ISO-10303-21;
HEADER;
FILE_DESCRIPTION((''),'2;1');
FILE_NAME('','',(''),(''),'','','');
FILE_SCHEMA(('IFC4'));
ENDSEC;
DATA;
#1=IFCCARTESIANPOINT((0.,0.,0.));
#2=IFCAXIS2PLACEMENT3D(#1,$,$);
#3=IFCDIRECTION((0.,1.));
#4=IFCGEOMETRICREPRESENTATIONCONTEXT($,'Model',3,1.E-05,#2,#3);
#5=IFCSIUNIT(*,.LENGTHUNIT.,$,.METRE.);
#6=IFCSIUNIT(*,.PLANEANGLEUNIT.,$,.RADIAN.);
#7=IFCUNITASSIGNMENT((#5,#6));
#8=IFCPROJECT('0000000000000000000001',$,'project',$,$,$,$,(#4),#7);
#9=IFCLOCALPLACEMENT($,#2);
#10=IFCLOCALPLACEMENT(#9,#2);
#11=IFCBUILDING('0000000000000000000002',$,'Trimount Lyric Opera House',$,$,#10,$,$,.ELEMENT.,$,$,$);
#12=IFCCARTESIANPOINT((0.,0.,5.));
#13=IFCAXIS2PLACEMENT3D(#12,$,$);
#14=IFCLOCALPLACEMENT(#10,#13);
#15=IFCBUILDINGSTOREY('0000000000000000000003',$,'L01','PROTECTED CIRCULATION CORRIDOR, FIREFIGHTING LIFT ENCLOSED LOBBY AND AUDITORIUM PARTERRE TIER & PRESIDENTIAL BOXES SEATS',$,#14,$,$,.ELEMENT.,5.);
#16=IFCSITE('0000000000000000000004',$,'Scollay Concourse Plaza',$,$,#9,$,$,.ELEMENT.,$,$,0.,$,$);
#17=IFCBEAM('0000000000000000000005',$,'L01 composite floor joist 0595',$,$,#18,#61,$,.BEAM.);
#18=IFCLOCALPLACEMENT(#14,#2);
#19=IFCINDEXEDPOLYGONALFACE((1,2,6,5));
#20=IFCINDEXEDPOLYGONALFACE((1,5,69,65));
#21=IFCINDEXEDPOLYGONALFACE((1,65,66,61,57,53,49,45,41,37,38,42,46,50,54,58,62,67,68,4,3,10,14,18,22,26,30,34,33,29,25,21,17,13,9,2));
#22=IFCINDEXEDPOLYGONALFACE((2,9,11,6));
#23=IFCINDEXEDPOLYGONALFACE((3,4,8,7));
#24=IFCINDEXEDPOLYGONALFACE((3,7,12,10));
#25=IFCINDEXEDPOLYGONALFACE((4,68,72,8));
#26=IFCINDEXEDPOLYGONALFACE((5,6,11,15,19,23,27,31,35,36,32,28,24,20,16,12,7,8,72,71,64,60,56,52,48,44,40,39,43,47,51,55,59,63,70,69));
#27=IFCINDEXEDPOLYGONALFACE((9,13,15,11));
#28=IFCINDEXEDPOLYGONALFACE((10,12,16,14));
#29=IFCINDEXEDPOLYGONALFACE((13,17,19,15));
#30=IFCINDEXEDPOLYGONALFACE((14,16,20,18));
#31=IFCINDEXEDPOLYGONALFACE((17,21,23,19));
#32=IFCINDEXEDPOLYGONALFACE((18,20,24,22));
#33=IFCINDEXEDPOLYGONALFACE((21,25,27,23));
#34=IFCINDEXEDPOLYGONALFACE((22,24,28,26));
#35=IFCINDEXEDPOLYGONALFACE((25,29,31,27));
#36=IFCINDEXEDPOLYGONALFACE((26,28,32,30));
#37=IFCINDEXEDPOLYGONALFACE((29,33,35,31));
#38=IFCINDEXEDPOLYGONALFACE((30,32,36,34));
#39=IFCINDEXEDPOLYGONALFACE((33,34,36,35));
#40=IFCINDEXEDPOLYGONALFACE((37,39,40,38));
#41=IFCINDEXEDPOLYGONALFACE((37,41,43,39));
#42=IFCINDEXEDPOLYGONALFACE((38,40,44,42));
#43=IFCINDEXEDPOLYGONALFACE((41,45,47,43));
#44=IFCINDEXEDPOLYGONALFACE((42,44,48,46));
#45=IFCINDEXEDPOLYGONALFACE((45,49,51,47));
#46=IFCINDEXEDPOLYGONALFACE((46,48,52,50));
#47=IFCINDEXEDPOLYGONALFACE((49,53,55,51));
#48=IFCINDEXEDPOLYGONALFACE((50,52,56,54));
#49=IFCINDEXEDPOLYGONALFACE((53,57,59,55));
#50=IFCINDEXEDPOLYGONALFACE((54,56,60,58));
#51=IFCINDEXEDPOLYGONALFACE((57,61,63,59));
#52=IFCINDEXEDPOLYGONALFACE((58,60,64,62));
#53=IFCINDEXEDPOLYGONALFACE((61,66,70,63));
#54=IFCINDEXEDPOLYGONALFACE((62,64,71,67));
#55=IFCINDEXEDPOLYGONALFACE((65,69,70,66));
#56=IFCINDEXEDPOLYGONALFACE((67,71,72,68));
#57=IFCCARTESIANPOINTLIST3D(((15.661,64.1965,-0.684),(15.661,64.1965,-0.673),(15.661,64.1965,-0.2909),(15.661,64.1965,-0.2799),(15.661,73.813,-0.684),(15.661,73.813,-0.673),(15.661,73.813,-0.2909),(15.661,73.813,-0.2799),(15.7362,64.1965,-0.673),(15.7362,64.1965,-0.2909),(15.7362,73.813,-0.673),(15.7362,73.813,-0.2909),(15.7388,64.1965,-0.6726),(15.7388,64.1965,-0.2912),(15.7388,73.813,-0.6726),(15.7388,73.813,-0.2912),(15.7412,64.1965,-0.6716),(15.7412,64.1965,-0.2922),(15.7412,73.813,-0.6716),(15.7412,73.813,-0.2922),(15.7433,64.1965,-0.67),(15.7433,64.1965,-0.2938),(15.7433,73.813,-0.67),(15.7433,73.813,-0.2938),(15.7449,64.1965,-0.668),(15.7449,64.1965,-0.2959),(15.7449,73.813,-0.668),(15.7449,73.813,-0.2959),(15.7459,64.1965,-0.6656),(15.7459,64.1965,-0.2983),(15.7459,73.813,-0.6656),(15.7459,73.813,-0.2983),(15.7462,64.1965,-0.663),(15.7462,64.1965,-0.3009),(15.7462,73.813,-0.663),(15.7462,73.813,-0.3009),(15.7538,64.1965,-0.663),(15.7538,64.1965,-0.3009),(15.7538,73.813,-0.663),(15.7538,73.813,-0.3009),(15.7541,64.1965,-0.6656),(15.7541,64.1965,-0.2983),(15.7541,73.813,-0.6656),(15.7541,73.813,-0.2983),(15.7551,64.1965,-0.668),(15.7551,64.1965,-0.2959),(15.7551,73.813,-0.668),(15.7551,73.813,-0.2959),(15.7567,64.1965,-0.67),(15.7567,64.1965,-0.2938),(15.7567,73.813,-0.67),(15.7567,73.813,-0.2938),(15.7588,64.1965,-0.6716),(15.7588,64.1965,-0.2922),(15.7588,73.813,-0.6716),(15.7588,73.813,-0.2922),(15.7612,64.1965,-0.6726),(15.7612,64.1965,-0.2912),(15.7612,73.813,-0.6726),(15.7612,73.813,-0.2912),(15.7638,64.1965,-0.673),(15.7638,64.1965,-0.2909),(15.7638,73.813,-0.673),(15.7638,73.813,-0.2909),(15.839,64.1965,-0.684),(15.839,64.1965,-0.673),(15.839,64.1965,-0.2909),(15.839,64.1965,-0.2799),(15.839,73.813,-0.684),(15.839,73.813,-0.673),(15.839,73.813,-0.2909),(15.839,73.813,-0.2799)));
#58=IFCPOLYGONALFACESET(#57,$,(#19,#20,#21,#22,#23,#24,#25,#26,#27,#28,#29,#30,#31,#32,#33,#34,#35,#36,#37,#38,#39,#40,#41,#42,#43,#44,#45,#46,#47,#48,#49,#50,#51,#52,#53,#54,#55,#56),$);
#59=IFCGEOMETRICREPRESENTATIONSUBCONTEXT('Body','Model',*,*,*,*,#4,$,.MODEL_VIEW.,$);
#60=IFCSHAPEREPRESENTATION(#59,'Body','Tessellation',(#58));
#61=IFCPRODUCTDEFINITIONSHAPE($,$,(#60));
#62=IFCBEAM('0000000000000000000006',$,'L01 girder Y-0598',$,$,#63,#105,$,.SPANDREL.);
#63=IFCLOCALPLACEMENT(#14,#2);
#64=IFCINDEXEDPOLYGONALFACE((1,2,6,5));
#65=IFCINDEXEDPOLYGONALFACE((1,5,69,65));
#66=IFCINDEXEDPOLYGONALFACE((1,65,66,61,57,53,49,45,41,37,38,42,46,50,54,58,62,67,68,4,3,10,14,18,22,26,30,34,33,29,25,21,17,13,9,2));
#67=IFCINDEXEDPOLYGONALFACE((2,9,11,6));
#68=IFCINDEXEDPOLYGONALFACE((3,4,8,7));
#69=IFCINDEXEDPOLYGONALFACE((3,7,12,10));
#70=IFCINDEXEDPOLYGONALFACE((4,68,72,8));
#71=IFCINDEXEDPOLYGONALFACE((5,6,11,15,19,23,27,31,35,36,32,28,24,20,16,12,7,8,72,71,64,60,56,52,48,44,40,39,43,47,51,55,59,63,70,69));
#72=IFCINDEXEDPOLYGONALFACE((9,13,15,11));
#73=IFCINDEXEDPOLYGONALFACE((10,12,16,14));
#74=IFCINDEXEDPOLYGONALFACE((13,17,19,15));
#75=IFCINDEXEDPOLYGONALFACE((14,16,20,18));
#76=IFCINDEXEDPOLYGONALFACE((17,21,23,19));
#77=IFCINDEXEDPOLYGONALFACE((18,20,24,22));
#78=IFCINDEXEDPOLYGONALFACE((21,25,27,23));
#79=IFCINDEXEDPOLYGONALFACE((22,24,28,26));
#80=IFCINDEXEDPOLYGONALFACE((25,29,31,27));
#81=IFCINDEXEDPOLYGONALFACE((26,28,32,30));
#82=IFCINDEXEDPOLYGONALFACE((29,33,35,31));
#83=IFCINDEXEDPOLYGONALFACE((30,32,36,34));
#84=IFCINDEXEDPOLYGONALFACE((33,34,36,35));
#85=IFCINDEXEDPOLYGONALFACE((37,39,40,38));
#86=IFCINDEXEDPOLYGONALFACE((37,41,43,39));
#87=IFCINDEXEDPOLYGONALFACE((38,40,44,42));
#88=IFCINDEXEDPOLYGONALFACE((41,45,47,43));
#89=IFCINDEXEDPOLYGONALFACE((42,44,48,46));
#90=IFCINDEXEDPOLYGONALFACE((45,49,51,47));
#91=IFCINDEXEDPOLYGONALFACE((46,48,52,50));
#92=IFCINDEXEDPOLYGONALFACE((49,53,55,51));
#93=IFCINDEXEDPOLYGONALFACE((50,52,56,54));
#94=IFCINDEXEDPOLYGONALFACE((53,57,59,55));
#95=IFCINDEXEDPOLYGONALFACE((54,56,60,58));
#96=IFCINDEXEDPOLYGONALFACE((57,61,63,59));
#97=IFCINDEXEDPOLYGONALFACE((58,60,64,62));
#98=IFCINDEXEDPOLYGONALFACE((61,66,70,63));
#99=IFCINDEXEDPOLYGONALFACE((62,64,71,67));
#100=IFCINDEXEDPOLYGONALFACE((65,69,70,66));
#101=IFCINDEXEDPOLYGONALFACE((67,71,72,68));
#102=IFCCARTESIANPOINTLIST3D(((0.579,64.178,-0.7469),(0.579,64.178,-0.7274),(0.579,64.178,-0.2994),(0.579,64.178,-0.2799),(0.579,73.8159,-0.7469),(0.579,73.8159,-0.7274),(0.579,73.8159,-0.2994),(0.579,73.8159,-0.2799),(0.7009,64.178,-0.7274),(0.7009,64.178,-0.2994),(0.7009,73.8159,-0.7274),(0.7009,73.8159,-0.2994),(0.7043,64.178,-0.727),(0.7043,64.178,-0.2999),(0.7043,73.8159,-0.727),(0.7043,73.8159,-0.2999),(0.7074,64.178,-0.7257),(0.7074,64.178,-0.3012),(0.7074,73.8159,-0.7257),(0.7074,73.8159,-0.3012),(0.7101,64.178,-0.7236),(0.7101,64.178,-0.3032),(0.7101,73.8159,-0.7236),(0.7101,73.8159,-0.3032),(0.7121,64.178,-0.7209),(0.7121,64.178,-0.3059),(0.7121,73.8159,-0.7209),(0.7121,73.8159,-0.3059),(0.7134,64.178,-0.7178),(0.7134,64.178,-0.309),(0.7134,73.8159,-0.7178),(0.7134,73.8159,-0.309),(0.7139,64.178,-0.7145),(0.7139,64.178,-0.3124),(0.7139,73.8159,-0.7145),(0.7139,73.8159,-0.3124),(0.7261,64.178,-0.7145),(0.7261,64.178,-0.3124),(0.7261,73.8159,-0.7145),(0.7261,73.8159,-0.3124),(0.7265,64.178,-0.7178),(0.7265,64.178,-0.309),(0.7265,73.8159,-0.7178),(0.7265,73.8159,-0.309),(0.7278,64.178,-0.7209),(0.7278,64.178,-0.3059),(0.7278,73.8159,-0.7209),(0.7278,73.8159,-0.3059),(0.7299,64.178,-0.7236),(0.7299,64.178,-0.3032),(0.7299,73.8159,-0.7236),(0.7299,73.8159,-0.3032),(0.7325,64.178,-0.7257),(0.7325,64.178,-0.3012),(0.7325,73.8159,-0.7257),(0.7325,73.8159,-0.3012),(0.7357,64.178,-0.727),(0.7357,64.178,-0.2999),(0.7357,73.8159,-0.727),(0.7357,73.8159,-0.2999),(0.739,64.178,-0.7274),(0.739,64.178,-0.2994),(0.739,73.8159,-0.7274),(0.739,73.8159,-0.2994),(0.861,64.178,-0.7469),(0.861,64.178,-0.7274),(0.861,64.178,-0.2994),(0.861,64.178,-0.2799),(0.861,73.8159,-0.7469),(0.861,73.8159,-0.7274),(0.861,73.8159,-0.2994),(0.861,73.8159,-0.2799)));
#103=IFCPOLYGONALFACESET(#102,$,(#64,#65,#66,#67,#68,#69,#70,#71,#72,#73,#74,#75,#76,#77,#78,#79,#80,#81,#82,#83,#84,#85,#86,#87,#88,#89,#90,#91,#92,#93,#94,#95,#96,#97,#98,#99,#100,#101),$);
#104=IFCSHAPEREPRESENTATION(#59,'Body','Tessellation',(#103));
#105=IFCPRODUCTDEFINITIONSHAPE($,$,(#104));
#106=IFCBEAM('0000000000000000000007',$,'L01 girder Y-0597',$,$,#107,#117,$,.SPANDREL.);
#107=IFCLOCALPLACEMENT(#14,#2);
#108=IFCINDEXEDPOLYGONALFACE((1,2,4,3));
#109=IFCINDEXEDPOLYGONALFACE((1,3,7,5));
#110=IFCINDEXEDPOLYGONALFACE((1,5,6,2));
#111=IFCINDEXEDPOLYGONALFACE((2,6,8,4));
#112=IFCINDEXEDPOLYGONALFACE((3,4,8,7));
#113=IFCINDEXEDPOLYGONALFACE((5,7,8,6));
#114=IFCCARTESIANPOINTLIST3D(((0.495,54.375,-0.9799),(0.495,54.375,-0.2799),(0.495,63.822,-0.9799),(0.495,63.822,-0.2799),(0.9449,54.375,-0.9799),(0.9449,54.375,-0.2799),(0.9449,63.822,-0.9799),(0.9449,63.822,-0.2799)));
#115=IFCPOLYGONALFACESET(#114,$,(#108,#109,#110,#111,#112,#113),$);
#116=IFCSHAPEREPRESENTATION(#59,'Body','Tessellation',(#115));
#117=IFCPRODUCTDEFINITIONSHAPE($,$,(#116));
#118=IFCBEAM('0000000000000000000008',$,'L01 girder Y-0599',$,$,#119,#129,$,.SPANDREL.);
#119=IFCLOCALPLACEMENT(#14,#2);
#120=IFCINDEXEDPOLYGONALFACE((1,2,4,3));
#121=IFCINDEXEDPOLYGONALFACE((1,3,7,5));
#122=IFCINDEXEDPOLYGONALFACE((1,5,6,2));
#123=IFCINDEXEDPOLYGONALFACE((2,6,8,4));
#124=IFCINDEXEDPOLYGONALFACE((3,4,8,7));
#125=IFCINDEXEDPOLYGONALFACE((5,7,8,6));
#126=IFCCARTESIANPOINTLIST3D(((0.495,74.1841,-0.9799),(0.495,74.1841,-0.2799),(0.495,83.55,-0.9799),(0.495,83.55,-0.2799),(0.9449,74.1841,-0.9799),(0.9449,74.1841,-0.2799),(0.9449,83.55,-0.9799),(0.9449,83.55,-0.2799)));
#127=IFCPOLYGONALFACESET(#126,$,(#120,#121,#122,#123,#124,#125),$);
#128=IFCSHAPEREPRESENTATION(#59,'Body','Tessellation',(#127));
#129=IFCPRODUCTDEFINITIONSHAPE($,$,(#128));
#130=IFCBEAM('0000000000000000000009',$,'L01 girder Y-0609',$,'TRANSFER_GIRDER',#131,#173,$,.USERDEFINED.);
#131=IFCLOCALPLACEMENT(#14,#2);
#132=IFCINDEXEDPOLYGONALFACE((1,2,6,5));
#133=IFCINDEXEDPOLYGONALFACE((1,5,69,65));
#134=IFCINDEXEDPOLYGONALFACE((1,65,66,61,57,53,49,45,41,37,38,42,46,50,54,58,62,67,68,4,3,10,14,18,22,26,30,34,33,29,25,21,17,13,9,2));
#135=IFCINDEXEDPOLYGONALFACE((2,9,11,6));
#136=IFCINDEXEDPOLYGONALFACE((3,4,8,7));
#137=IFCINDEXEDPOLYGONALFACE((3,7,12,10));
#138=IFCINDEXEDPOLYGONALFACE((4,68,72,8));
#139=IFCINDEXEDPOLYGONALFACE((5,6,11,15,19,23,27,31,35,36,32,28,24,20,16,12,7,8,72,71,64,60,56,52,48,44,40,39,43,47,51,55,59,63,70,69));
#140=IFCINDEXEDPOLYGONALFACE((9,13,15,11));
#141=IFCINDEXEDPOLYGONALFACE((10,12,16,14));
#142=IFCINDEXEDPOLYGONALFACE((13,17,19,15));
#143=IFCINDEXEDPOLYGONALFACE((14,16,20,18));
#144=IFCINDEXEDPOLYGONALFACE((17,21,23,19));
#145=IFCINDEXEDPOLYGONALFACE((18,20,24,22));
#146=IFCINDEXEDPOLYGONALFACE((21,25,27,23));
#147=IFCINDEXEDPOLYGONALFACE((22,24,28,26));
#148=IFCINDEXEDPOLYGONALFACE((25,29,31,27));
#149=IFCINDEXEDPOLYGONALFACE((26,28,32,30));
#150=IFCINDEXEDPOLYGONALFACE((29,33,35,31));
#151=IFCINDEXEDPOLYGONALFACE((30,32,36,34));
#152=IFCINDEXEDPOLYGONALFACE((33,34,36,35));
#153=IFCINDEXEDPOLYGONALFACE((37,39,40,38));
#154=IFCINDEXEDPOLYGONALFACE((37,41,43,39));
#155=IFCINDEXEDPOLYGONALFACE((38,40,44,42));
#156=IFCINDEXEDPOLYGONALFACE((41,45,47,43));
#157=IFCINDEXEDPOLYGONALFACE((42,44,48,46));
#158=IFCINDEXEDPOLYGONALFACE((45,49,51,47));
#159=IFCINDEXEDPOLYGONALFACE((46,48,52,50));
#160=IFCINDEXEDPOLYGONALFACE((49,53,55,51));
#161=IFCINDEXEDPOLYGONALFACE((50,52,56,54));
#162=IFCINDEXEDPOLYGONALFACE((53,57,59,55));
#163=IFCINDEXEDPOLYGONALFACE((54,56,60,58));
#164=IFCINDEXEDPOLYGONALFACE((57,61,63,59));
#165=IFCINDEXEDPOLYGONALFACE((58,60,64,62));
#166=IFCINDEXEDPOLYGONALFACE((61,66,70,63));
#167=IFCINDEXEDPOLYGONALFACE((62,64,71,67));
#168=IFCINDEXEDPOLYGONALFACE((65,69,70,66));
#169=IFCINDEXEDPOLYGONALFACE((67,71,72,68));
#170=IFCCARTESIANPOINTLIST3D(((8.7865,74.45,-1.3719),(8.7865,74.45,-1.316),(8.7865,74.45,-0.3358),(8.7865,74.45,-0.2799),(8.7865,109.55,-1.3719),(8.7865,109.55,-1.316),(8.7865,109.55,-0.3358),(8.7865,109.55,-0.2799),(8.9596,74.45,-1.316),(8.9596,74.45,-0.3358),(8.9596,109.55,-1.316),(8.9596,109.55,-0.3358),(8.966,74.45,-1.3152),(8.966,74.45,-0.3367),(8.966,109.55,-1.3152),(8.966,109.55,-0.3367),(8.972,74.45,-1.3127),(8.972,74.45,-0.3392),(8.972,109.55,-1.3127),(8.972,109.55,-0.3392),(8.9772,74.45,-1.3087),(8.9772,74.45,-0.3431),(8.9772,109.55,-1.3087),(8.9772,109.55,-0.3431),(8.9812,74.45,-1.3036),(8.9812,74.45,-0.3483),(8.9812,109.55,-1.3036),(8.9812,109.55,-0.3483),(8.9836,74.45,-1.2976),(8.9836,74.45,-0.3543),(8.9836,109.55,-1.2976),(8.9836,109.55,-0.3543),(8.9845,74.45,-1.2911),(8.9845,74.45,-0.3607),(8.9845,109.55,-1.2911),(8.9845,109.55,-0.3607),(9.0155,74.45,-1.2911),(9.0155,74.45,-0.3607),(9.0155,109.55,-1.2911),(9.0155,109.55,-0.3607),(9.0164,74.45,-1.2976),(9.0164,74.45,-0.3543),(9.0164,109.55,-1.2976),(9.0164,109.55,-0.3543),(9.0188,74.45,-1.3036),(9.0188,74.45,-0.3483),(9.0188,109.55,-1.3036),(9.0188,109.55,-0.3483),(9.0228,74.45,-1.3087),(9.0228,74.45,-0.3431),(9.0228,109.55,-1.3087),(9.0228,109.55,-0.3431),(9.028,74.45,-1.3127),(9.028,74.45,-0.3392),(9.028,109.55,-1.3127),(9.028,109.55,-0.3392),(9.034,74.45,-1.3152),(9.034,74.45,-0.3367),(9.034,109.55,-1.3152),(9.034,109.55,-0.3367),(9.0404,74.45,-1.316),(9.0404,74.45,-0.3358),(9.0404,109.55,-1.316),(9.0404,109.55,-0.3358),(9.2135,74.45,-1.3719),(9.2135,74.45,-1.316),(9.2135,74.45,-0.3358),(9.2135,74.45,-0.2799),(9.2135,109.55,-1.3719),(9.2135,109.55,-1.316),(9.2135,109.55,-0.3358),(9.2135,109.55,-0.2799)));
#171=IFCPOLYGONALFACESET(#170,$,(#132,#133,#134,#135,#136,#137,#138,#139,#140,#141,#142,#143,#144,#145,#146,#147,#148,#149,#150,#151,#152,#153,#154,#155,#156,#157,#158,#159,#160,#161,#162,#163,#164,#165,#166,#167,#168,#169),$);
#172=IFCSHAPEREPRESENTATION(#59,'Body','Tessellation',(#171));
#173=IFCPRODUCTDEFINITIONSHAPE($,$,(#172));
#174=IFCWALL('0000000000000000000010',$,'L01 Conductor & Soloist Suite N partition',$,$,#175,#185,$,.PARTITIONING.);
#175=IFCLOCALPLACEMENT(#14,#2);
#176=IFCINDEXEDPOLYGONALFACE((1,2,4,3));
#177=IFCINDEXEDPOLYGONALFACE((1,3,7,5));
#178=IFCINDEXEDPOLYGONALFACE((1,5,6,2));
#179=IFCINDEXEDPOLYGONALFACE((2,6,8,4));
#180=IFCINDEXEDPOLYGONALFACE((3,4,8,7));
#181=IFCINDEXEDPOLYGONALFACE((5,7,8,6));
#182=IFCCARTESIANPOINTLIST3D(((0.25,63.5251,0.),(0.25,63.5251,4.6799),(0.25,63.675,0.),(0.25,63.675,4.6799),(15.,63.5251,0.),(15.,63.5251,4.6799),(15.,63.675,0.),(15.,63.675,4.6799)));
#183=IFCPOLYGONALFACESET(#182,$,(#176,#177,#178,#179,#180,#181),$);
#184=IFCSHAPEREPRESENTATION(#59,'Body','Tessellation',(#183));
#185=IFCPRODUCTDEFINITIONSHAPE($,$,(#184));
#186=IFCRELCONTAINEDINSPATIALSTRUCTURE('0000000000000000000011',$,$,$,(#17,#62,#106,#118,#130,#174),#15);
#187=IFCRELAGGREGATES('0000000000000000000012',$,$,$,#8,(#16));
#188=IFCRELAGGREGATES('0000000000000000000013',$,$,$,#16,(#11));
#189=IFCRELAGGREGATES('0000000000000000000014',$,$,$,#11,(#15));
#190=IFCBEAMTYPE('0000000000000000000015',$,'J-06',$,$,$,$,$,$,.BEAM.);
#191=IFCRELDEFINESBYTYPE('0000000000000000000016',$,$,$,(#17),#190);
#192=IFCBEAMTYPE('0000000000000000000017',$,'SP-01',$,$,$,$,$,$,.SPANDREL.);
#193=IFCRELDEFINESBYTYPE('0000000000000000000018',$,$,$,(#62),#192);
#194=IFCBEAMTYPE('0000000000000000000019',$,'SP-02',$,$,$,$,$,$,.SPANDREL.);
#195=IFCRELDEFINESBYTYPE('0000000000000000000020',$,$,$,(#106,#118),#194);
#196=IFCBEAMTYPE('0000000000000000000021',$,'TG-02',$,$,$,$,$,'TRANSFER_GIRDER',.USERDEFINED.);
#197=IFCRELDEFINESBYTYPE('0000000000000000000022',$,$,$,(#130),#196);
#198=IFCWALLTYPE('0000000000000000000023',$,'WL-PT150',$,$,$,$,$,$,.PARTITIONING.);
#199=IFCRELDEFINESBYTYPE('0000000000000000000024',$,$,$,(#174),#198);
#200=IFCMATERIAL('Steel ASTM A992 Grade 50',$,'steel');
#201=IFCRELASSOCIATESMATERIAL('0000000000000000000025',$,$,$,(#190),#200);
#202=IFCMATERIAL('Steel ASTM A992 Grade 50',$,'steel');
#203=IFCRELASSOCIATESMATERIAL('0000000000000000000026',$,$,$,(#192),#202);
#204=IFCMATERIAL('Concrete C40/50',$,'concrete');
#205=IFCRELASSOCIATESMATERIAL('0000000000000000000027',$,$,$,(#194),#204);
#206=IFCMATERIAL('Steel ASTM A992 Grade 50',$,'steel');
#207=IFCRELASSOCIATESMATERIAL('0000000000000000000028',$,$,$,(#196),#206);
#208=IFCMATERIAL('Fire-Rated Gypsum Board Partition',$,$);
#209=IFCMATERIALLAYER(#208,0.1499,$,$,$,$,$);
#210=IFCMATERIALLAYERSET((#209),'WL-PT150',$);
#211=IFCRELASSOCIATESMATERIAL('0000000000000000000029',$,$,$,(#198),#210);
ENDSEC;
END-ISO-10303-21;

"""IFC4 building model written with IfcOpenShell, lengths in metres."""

from ifc_helpers import new_model, si_unit, direction, frame, frame_2d, origin, origin_2d, place, context, subcontext, project, spatial, rectangle, i_section, extrude, material, layer, layer_set, material_profile, profile_set, type_object, element, save


model = new_model("IFC4")

# Units and contexts
model_context = context("Model", 3, precision=1e-05, world=origin(), true_north=direction((0.0, 1.0)))
body_context = subcontext(model_context, "Body", "Model", "MODEL_VIEW")
ifc_project = project(units=[si_unit("LENGTHUNIT", "METRE"), si_unit("PLANEANGLEUNIT", "RADIAN")], contexts=[model_context])

# Site, building, storey
site_placement = place(None, origin())
site = spatial("IfcSite", under=ifc_project, at=site_placement, Name="Scollay Concourse Plaza", CompositionType="ELEMENT", RefElevation=0.0)
building_placement = place(site_placement, origin())
building = spatial("IfcBuilding", under=site, at=building_placement, Name="Trimount Lyric Opera House", CompositionType="ELEMENT")
storey_placement = place(building_placement, frame((0.0, 0.0, 5.0)))
storey = spatial("IfcBuildingStorey", under=building, at=storey_placement, Name="L01", Description="PROTECTED CIRCULATION CORRIDOR, FIREFIGHTING LIFT ENCLOSED LOBBY AND AUDITORIUM PARTERRE TIER & PRESIDENTIAL BOXES SEATS", CompositionType="ELEMENT", Elevation=5.0)

# Beams
ifc_material_1 = material(Name="Steel ASTM A992 Grade 50", Category="steel")
ifc_material_profile_1 = material_profile(ifc_material_1, i_section(OverallWidth=0.178, OverallDepth=0.4041, WebThickness=0.0076, FlangeThickness=0.011, FilletRadius=0.01, at=origin_2d()), Name="W16X36")
ifc_profile_set_1 = profile_set([ifc_material_profile_1], Name="Steel ASTM A992 Grade 50")
beam_type_1 = type_object("IfcBeamType", Name="J-06", PredefinedType="BEAM", material=ifc_profile_set_1)
beam_1_placement = place(storey_placement, frame((15.75, 64.1965, -0.4819), z_axis=(0.0, 1.0, 0.0), x_axis=(-1.0, 0.0, 0.0)))
element("IfcBeam", 1, at=beam_1_placement, inside=storey, type_object=beam_type_1, Name="L01 composite floor joist 0595", PredefinedType="BEAM", context=body_context, shape_type="SweptSolid", body=[
    extrude(i_section(OverallWidth=0.178, OverallDepth=0.4041, WebThickness=0.0076, FlangeThickness=0.011, FilletRadius=0.01, at=origin_2d()), origin(), (0.0, 0.0, 1.0), 9.6165),
])
ifc_material_2 = material(Name="Steel ASTM A992 Grade 50", Category="steel")
ifc_material_profile_2 = material_profile(ifc_material_2, i_section(OverallWidth=0.282, OverallDepth=0.467, WebThickness=0.0122, FlangeThickness=0.0195, FilletRadius=0.0129, at=origin_2d()), Name="W18X86")
ifc_profile_set_2 = profile_set([ifc_material_profile_2], Name="Steel ASTM A992 Grade 50")
beam_type_2 = type_object("IfcBeamType", Name="SP-01", PredefinedType="SPANDREL", material=ifc_profile_set_2)
beam_2_placement = place(storey_placement, frame((0.72, 64.178, -0.5134), z_axis=(0.0, 1.0, 0.0), x_axis=(-1.0, 0.0, 0.0)))
element("IfcBeam", 2, at=beam_2_placement, inside=storey, type_object=beam_type_2, Name="L01 girder Y-0598", PredefinedType="SPANDREL", context=body_context, shape_type="SweptSolid", body=[
    extrude(i_section(OverallWidth=0.282, OverallDepth=0.467, WebThickness=0.0122, FlangeThickness=0.0195, FilletRadius=0.0129, at=origin_2d()), origin(), (0.0, 0.0, 1.0), 9.6379),
])
ifc_material_3 = material(Name="Concrete C40/50", Category="concrete")
ifc_material_profile_3 = material_profile(ifc_material_3, rectangle(XDim=0.45, YDim=0.7, at=origin_2d()), Name="RC450X700")
ifc_profile_set_3 = profile_set([ifc_material_profile_3], Name="Concrete C40/50")
beam_type_3 = type_object("IfcBeamType", Name="SP-02", PredefinedType="SPANDREL", material=ifc_profile_set_3)
beam_3_placement = place(storey_placement, frame((0.72, 54.375, -0.6299), z_axis=(0.0, 1.0, 0.0), x_axis=(-1.0, 0.0, 0.0)))
element("IfcBeam", 3, at=beam_3_placement, inside=storey, type_object=beam_type_3, Name="L01 girder Y-0597", PredefinedType="SPANDREL", context=body_context, shape_type="SweptSolid", body=[
    extrude(rectangle(XDim=0.45, YDim=0.7, at=origin_2d()), origin(), (0.0, 0.0, 1.0), 9.447),
])
beam_4_placement = place(storey_placement, frame((0.72, 74.1841, -0.6299), z_axis=(0.0, 1.0, 0.0), x_axis=(-1.0, 0.0, 0.0)))
element("IfcBeam", 4, at=beam_4_placement, inside=storey, type_object=beam_type_3, Name="L01 girder Y-0599", PredefinedType="SPANDREL", context=body_context, shape_type="SweptSolid", body=[
    extrude(rectangle(XDim=0.45, YDim=0.7, at=origin_2d()), origin(), (0.0, 0.0, 1.0), 9.366),
])
ifc_material_4 = material(Name="Steel ASTM A992 Grade 50", Category="steel")
ifc_material_profile_4 = material_profile(ifc_material_4, i_section(OverallWidth=0.427, OverallDepth=1.092, WebThickness=0.031, FlangeThickness=0.0559, FilletRadius=0.0249, at=origin_2d()), Name="W40X397")
ifc_profile_set_4 = profile_set([ifc_material_profile_4], Name="Steel ASTM A992 Grade 50")
beam_type_4 = type_object("IfcBeamType", Name="TG-02", ElementType="TRANSFER_GIRDER", PredefinedType="USERDEFINED", material=ifc_profile_set_4)
beam_5_placement = place(storey_placement, frame((9.0, 74.45, -0.8259), z_axis=(0.0, 1.0, 0.0), x_axis=(-1.0, 0.0, 0.0)))
element("IfcBeam", 5, at=beam_5_placement, inside=storey, type_object=beam_type_4, Name="L01 girder Y-0609", ObjectType="TRANSFER_GIRDER", PredefinedType="USERDEFINED", context=body_context, shape_type="SweptSolid", body=[
    extrude(i_section(OverallWidth=0.427, OverallDepth=1.092, WebThickness=0.031, FlangeThickness=0.0559, FilletRadius=0.0249, at=origin_2d()), origin(), (0.0, 0.0, 1.0), 35.1001),
])

# Wall
ifc_material_5 = material(Name="Fire-Rated Gypsum Board Partition")
ifc_layer_1 = layer(ifc_material_5, 0.1499)
ifc_layer_set_1 = layer_set([ifc_layer_1], Name="WL-PT150")
wall_type_1 = type_object("IfcWallType", Name="WL-PT150", PredefinedType="PARTITIONING", material=ifc_layer_set_1)
wall_1_placement = place(storey_placement, frame((15.0, 63.6001, 0.0), z_axis=(0.0, 0.0, 1.0), x_axis=(-1.0, 0.0, 0.0)))
element("IfcWall", 6, at=wall_1_placement, inside=storey, type_object=wall_type_1, Name="L01 Conductor & Soloist Suite N partition", PredefinedType="PARTITIONING", context=body_context, shape_type="SweptSolid", body=[
    extrude(rectangle(XDim=14.75, YDim=0.1499, at=frame_2d((7.375, 0.0))), origin(), (0.0, 0.0, 1.0), 4.6799),
])

save(model, "model.ifc")
